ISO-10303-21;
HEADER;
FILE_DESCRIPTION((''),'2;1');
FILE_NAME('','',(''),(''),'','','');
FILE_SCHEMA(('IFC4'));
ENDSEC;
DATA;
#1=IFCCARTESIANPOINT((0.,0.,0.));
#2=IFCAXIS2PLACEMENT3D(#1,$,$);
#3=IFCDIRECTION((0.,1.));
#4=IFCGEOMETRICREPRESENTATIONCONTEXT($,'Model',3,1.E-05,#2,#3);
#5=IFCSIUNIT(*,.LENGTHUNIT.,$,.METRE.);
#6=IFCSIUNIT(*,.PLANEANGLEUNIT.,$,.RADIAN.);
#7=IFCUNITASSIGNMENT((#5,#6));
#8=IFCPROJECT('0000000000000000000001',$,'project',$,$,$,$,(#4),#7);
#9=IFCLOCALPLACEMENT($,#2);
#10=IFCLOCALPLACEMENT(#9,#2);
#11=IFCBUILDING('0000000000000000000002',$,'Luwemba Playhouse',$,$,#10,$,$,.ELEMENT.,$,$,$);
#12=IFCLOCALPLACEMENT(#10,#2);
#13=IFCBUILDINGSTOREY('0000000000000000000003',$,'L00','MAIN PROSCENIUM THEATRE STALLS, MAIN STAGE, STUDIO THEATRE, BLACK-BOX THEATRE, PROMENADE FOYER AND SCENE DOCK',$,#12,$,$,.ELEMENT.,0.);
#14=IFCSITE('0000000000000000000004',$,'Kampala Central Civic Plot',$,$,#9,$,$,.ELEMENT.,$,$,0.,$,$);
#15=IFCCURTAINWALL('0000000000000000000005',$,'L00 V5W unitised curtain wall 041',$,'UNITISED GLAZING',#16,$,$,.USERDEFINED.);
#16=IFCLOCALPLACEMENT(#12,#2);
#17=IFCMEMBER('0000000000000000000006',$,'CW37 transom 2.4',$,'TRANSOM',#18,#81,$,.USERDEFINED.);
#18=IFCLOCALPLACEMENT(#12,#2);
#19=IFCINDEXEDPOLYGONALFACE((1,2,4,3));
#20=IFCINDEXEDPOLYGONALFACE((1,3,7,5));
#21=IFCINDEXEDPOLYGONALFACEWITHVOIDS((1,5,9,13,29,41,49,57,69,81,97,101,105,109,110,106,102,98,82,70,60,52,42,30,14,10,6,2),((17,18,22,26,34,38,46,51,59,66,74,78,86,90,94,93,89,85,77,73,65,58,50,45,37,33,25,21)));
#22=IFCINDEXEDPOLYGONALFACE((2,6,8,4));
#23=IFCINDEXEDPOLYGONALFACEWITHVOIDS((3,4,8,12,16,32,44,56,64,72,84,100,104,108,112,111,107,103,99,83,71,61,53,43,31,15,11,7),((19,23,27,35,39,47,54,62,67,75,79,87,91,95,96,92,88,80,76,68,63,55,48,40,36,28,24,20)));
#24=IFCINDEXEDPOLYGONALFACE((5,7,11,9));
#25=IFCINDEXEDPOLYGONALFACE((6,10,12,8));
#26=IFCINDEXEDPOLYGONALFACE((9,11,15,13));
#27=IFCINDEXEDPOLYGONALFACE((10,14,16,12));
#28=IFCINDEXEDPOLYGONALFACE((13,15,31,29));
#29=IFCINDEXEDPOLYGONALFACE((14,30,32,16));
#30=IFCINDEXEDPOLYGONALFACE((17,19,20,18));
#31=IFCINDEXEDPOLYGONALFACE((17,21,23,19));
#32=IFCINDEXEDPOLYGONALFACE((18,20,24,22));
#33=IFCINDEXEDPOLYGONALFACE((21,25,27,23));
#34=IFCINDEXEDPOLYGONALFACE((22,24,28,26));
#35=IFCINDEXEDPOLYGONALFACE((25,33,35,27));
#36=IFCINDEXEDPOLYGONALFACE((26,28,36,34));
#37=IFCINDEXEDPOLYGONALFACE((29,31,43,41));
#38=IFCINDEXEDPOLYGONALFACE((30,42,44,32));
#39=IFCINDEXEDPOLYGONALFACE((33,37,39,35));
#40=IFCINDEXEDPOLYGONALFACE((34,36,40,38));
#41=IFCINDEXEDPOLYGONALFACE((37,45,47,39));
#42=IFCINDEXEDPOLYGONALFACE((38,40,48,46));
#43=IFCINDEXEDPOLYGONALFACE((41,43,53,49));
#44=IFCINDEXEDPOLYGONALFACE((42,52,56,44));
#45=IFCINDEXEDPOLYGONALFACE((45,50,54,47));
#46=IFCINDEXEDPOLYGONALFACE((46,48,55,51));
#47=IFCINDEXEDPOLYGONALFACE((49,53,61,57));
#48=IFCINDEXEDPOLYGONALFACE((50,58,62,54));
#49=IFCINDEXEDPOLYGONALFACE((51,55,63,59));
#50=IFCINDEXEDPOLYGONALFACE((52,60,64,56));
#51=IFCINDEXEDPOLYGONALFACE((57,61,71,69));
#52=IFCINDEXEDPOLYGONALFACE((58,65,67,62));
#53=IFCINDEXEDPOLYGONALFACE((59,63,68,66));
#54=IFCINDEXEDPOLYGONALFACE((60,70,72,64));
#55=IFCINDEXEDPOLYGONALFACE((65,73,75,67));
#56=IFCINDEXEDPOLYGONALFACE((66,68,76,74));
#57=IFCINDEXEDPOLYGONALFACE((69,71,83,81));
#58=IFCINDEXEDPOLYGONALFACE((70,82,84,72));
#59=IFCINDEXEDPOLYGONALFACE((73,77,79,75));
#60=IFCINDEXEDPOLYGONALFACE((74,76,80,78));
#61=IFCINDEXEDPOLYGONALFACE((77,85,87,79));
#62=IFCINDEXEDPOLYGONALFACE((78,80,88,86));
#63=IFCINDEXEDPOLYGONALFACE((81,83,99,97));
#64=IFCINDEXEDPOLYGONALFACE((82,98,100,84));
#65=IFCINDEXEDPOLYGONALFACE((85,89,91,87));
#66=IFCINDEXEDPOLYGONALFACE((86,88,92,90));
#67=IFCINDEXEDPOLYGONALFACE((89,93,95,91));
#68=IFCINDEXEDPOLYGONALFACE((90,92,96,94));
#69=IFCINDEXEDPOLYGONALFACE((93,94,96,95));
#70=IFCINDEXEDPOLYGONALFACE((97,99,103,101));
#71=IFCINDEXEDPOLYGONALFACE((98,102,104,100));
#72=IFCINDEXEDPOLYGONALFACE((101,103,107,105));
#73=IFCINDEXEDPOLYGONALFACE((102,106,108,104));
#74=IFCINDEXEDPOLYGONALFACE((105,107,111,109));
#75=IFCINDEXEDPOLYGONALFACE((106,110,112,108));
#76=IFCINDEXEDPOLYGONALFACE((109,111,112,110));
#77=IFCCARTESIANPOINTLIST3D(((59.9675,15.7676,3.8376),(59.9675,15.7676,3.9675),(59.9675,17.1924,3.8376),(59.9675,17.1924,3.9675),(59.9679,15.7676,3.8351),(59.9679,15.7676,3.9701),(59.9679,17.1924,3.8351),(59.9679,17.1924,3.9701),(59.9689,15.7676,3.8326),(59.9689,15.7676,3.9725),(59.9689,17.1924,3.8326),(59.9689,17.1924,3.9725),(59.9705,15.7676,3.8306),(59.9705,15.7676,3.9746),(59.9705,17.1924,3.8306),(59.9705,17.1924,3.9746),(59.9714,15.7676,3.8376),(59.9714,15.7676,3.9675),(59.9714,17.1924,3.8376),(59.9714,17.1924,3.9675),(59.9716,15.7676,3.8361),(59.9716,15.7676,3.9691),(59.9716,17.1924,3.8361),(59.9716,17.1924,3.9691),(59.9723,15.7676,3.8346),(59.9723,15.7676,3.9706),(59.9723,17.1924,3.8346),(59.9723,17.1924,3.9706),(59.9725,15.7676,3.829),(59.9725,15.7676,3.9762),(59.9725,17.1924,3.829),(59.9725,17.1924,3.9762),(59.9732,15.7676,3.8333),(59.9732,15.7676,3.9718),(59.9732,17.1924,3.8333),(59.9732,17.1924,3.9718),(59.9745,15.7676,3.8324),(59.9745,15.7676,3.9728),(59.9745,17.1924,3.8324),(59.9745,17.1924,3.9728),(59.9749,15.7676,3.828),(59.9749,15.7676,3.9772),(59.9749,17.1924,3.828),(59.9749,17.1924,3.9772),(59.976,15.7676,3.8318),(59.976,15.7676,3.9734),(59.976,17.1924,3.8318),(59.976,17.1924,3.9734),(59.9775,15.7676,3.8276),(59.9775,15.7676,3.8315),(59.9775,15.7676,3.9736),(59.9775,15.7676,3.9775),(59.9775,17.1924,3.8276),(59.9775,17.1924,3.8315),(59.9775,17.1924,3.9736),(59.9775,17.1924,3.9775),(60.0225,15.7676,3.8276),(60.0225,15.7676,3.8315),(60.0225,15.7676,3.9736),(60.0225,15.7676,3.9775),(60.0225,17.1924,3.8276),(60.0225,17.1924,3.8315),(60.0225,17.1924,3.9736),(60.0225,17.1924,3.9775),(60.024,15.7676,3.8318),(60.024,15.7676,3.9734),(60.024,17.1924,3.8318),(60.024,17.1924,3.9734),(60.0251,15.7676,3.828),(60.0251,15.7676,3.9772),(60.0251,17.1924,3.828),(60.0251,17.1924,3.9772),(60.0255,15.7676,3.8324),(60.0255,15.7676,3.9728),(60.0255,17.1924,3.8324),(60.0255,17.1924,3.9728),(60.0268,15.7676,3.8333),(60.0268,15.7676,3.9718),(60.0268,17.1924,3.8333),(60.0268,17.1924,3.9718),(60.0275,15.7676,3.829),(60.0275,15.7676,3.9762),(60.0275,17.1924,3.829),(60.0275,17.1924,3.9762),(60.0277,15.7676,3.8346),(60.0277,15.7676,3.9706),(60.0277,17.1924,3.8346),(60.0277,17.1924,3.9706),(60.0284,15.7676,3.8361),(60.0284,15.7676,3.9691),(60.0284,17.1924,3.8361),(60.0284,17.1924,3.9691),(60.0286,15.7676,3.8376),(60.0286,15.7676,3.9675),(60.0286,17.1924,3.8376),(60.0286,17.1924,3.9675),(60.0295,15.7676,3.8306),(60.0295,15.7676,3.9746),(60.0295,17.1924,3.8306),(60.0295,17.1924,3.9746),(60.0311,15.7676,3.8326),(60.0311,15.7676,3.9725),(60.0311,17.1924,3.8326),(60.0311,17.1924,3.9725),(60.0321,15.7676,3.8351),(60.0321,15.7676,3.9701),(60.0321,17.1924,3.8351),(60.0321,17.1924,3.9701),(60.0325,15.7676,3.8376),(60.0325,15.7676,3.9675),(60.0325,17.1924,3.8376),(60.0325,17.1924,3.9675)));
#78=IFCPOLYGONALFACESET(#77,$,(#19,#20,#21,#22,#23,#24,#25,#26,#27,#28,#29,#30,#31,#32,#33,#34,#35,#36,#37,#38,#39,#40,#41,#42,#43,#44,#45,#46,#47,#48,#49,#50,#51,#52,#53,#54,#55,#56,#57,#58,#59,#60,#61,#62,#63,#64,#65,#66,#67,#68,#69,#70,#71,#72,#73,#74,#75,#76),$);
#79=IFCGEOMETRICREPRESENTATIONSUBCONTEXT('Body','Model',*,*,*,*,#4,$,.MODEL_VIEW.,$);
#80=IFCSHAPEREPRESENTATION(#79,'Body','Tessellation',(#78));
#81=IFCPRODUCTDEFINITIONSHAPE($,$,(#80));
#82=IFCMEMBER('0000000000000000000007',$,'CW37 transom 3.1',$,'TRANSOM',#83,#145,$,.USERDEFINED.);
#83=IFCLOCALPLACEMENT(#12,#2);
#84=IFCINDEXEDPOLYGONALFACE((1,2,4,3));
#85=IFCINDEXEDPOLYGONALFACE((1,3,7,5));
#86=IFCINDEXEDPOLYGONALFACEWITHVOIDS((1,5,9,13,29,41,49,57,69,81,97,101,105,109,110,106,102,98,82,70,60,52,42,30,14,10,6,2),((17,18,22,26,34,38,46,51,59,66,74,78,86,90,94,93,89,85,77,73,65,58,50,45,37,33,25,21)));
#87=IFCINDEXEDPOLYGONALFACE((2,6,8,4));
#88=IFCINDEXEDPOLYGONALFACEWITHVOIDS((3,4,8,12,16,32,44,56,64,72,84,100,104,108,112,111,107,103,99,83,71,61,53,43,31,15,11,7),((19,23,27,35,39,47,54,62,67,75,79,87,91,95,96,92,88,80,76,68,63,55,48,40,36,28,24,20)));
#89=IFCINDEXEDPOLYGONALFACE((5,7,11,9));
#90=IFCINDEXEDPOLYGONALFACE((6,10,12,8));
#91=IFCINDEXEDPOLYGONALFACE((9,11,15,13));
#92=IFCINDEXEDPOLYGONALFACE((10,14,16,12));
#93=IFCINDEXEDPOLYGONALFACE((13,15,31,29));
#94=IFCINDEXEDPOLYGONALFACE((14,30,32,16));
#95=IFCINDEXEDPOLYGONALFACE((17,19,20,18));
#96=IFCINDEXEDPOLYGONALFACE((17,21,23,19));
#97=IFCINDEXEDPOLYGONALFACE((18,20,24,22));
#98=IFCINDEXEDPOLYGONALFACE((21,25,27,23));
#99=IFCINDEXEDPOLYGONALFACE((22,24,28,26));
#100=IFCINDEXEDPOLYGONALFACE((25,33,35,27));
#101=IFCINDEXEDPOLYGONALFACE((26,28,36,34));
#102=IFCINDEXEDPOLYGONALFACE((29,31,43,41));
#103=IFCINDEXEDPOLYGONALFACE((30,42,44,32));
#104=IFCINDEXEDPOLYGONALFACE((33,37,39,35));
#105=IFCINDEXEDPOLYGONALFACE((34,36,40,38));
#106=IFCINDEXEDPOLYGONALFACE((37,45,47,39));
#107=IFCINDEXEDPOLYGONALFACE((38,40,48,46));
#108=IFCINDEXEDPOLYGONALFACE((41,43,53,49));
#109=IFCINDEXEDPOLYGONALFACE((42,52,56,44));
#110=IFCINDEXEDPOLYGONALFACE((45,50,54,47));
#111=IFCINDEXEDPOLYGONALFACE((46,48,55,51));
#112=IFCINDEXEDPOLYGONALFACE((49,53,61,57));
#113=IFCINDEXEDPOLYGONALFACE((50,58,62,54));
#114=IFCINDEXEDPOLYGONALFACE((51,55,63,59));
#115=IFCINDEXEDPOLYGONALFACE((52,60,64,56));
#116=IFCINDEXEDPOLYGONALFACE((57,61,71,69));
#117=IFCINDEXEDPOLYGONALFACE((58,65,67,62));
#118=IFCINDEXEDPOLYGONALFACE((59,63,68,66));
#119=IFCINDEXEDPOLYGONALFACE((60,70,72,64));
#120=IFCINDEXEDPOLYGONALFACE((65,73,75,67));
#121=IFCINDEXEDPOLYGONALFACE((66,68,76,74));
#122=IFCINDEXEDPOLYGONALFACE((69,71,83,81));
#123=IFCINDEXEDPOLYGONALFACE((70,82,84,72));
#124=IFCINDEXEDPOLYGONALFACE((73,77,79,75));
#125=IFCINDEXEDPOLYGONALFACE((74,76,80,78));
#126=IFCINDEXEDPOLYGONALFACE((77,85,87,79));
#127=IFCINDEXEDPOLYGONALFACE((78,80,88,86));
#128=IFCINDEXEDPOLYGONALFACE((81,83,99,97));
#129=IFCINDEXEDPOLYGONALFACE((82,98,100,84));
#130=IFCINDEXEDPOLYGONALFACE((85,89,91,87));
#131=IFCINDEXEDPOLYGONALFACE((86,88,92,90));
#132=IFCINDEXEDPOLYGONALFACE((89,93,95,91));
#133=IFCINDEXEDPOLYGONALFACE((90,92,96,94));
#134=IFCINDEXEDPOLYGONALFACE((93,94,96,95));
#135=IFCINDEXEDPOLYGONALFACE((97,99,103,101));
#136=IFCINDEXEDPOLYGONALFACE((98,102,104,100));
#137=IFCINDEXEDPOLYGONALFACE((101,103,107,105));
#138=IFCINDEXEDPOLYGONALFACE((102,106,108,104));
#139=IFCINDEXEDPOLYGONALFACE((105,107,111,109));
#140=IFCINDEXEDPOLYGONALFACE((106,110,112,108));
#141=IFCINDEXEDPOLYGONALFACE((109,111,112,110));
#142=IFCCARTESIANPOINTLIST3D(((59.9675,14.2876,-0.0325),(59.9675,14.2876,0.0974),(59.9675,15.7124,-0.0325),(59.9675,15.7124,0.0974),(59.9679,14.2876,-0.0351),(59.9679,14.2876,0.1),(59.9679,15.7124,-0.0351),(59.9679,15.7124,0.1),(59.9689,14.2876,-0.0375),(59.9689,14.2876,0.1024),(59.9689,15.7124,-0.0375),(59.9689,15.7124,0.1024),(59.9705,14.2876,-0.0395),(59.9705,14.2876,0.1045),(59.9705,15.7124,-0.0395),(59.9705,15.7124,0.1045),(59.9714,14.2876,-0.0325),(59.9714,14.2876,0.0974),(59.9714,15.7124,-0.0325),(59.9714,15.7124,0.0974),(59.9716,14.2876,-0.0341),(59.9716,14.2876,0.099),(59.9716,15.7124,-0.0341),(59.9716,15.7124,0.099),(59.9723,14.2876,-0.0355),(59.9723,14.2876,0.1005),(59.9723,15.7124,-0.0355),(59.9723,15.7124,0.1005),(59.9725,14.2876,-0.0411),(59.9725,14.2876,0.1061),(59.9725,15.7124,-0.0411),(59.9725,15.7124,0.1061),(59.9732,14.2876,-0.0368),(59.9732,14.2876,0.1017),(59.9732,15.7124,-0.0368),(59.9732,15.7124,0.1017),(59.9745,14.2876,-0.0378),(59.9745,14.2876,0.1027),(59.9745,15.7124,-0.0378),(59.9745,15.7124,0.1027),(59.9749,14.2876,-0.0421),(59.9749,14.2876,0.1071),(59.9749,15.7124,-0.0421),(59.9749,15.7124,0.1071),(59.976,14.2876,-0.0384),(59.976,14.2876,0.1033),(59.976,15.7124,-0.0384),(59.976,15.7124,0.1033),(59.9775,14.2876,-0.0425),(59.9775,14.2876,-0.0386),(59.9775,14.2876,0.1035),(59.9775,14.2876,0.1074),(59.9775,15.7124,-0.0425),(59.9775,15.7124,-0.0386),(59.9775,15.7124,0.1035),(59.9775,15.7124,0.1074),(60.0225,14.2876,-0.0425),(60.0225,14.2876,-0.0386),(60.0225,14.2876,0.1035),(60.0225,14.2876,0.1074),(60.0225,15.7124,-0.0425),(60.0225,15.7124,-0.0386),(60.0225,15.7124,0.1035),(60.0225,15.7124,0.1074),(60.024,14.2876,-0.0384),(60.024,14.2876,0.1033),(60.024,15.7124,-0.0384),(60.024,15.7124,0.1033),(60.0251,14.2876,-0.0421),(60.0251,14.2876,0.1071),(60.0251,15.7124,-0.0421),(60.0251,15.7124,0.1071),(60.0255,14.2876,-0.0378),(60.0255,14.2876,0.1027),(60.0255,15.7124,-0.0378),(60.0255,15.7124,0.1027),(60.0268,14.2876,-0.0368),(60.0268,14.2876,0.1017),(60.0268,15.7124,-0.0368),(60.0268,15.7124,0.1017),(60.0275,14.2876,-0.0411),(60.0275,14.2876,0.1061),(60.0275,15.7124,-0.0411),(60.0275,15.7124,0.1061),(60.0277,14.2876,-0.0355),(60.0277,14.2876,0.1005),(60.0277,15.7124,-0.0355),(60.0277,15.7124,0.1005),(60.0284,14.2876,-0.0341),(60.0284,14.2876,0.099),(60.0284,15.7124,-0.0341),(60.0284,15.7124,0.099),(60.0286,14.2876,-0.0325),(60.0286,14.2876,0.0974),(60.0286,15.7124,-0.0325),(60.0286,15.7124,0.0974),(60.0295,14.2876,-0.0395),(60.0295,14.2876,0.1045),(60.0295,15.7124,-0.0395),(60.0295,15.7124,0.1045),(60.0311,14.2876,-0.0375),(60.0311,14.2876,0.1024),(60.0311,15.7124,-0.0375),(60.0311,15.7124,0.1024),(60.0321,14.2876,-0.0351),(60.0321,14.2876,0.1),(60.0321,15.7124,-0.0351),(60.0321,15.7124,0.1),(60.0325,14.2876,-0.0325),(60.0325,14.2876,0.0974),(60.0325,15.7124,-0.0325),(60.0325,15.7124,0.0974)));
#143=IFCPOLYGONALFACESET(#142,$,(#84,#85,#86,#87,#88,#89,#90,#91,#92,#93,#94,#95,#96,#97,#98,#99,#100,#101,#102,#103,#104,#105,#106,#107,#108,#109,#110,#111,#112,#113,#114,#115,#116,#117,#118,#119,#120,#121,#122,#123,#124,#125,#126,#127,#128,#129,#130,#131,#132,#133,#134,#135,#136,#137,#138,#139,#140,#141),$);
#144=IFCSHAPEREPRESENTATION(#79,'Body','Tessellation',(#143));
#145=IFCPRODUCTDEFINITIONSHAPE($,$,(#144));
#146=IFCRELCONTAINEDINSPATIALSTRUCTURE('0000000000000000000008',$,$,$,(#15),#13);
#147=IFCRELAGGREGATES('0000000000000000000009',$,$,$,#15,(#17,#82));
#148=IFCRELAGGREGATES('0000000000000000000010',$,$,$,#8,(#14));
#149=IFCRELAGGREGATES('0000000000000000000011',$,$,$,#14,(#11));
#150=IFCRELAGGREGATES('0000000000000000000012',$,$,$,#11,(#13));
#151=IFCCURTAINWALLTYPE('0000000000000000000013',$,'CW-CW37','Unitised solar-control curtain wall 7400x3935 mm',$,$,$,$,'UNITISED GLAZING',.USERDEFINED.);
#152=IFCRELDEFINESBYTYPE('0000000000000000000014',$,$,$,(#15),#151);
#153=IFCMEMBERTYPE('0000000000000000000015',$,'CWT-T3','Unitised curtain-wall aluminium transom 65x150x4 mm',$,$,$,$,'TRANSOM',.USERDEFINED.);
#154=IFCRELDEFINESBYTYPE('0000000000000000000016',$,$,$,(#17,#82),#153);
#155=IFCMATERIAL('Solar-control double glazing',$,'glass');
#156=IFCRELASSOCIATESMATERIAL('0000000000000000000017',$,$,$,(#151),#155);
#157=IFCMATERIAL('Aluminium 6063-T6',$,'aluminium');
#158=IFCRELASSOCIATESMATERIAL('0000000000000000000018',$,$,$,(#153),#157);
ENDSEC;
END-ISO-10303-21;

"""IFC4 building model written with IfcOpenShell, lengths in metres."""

from ifc_helpers import new_model, si_unit, direction, frame, origin, origin_2d, place, context, subcontext, project, spatial, hollow_rectangle, extrude, material, material_profile, profile_set, type_object, element, aggregate, save


model = new_model("IFC4")

# Units and contexts
model_context = context("Model", 3, precision=1e-05, world=origin(), true_north=direction((0.0, 1.0)))
body_context = subcontext(model_context, "Body", "Model", "MODEL_VIEW")
ifc_project = project(units=[si_unit("LENGTHUNIT", "METRE"), si_unit("PLANEANGLEUNIT", "RADIAN")], contexts=[model_context])

# Site, building, storey
site_placement = place(None, origin())
site = spatial("IfcSite", under=ifc_project, at=site_placement, Name="Kampala Central Civic Plot", CompositionType="ELEMENT", RefElevation=0.0)
building_placement = place(site_placement, origin())
building = spatial("IfcBuilding", under=site, at=building_placement, Name="Luwemba Playhouse", CompositionType="ELEMENT")
storey_placement = place(building_placement, origin())
storey = spatial("IfcBuildingStorey", under=building, at=storey_placement, Name="L00", Description="MAIN PROSCENIUM THEATRE STALLS, MAIN STAGE, STUDIO THEATRE, BLACK-BOX THEATRE, PROMENADE FOYER AND SCENE DOCK", CompositionType="ELEMENT", Elevation=0.0)

# Curtain wall, members
ifc_material_1 = material(Name="Solar-control double glazing", Category="glass")
curtain_wall_type = type_object("IfcCurtainWallType", Name="CW-CW37", Description="Unitised solar-control curtain wall 7400x3935 mm", ElementType="UNITISED GLAZING", PredefinedType="USERDEFINED", material=ifc_material_1)
curtain_wall_placement = place(storey_placement, origin())
curtain_wall = element("IfcCurtainWall", 1, at=curtain_wall_placement, inside=storey, type_object=curtain_wall_type, Name="L00 V5W unitised curtain wall 041", ObjectType="UNITISED GLAZING", PredefinedType="USERDEFINED")
ifc_material_2 = material(Name="Aluminium 6063-T6", Category="aluminium")
ifc_material_profile_1 = material_profile(ifc_material_2, hollow_rectangle(XDim=0.0649, YDim=0.1499, WallThickness=0.0039, InnerFilletRadius=0.0061, OuterFilletRadius=0.01, at=origin_2d()))
ifc_profile_set_1 = profile_set([ifc_material_profile_1], Name="Aluminium 6063-T6")
member_type_1 = type_object("IfcMemberType", Name="CWT-T3", Description="Unitised curtain-wall aluminium transom 65x150x4 mm", ElementType="TRANSOM", PredefinedType="USERDEFINED", material=ifc_profile_set_1)
member_1_placement = place(storey_placement, frame((60.0, 17.1924, 3.9026), z_axis=(0.0, -1.0, 0.0), x_axis=(1.0, 0.0, 0.0)))
member_1 = element("IfcMember", 2, at=member_1_placement, type_object=member_type_1, Name="CW37 transom 2.4", ObjectType="TRANSOM", PredefinedType="USERDEFINED", context=body_context, shape_type="SweptSolid", body=[
    extrude(hollow_rectangle(XDim=0.0649, YDim=0.1499, WallThickness=0.0039, InnerFilletRadius=0.0061, OuterFilletRadius=0.01, at=origin_2d()), origin(), (0.0, 0.0, 1.0), 1.4248),
])
member_2_placement = place(storey_placement, frame((60.0, 15.7124, 0.0325), z_axis=(0.0, -1.0, 0.0), x_axis=(1.0, 0.0, 0.0)))
member_2 = element("IfcMember", 3, at=member_2_placement, type_object=member_type_1, Name="CW37 transom 3.1", ObjectType="TRANSOM", PredefinedType="USERDEFINED", context=body_context, shape_type="SweptSolid", body=[
    extrude(hollow_rectangle(XDim=0.0649, YDim=0.1499, WallThickness=0.0039, InnerFilletRadius=0.0061, OuterFilletRadius=0.01, at=origin_2d()), origin(), (0.0, 0.0, 1.0), 1.4248),
])
aggregate(curtain_wall, [member_1, member_2])

save(model, "model.ifc")
